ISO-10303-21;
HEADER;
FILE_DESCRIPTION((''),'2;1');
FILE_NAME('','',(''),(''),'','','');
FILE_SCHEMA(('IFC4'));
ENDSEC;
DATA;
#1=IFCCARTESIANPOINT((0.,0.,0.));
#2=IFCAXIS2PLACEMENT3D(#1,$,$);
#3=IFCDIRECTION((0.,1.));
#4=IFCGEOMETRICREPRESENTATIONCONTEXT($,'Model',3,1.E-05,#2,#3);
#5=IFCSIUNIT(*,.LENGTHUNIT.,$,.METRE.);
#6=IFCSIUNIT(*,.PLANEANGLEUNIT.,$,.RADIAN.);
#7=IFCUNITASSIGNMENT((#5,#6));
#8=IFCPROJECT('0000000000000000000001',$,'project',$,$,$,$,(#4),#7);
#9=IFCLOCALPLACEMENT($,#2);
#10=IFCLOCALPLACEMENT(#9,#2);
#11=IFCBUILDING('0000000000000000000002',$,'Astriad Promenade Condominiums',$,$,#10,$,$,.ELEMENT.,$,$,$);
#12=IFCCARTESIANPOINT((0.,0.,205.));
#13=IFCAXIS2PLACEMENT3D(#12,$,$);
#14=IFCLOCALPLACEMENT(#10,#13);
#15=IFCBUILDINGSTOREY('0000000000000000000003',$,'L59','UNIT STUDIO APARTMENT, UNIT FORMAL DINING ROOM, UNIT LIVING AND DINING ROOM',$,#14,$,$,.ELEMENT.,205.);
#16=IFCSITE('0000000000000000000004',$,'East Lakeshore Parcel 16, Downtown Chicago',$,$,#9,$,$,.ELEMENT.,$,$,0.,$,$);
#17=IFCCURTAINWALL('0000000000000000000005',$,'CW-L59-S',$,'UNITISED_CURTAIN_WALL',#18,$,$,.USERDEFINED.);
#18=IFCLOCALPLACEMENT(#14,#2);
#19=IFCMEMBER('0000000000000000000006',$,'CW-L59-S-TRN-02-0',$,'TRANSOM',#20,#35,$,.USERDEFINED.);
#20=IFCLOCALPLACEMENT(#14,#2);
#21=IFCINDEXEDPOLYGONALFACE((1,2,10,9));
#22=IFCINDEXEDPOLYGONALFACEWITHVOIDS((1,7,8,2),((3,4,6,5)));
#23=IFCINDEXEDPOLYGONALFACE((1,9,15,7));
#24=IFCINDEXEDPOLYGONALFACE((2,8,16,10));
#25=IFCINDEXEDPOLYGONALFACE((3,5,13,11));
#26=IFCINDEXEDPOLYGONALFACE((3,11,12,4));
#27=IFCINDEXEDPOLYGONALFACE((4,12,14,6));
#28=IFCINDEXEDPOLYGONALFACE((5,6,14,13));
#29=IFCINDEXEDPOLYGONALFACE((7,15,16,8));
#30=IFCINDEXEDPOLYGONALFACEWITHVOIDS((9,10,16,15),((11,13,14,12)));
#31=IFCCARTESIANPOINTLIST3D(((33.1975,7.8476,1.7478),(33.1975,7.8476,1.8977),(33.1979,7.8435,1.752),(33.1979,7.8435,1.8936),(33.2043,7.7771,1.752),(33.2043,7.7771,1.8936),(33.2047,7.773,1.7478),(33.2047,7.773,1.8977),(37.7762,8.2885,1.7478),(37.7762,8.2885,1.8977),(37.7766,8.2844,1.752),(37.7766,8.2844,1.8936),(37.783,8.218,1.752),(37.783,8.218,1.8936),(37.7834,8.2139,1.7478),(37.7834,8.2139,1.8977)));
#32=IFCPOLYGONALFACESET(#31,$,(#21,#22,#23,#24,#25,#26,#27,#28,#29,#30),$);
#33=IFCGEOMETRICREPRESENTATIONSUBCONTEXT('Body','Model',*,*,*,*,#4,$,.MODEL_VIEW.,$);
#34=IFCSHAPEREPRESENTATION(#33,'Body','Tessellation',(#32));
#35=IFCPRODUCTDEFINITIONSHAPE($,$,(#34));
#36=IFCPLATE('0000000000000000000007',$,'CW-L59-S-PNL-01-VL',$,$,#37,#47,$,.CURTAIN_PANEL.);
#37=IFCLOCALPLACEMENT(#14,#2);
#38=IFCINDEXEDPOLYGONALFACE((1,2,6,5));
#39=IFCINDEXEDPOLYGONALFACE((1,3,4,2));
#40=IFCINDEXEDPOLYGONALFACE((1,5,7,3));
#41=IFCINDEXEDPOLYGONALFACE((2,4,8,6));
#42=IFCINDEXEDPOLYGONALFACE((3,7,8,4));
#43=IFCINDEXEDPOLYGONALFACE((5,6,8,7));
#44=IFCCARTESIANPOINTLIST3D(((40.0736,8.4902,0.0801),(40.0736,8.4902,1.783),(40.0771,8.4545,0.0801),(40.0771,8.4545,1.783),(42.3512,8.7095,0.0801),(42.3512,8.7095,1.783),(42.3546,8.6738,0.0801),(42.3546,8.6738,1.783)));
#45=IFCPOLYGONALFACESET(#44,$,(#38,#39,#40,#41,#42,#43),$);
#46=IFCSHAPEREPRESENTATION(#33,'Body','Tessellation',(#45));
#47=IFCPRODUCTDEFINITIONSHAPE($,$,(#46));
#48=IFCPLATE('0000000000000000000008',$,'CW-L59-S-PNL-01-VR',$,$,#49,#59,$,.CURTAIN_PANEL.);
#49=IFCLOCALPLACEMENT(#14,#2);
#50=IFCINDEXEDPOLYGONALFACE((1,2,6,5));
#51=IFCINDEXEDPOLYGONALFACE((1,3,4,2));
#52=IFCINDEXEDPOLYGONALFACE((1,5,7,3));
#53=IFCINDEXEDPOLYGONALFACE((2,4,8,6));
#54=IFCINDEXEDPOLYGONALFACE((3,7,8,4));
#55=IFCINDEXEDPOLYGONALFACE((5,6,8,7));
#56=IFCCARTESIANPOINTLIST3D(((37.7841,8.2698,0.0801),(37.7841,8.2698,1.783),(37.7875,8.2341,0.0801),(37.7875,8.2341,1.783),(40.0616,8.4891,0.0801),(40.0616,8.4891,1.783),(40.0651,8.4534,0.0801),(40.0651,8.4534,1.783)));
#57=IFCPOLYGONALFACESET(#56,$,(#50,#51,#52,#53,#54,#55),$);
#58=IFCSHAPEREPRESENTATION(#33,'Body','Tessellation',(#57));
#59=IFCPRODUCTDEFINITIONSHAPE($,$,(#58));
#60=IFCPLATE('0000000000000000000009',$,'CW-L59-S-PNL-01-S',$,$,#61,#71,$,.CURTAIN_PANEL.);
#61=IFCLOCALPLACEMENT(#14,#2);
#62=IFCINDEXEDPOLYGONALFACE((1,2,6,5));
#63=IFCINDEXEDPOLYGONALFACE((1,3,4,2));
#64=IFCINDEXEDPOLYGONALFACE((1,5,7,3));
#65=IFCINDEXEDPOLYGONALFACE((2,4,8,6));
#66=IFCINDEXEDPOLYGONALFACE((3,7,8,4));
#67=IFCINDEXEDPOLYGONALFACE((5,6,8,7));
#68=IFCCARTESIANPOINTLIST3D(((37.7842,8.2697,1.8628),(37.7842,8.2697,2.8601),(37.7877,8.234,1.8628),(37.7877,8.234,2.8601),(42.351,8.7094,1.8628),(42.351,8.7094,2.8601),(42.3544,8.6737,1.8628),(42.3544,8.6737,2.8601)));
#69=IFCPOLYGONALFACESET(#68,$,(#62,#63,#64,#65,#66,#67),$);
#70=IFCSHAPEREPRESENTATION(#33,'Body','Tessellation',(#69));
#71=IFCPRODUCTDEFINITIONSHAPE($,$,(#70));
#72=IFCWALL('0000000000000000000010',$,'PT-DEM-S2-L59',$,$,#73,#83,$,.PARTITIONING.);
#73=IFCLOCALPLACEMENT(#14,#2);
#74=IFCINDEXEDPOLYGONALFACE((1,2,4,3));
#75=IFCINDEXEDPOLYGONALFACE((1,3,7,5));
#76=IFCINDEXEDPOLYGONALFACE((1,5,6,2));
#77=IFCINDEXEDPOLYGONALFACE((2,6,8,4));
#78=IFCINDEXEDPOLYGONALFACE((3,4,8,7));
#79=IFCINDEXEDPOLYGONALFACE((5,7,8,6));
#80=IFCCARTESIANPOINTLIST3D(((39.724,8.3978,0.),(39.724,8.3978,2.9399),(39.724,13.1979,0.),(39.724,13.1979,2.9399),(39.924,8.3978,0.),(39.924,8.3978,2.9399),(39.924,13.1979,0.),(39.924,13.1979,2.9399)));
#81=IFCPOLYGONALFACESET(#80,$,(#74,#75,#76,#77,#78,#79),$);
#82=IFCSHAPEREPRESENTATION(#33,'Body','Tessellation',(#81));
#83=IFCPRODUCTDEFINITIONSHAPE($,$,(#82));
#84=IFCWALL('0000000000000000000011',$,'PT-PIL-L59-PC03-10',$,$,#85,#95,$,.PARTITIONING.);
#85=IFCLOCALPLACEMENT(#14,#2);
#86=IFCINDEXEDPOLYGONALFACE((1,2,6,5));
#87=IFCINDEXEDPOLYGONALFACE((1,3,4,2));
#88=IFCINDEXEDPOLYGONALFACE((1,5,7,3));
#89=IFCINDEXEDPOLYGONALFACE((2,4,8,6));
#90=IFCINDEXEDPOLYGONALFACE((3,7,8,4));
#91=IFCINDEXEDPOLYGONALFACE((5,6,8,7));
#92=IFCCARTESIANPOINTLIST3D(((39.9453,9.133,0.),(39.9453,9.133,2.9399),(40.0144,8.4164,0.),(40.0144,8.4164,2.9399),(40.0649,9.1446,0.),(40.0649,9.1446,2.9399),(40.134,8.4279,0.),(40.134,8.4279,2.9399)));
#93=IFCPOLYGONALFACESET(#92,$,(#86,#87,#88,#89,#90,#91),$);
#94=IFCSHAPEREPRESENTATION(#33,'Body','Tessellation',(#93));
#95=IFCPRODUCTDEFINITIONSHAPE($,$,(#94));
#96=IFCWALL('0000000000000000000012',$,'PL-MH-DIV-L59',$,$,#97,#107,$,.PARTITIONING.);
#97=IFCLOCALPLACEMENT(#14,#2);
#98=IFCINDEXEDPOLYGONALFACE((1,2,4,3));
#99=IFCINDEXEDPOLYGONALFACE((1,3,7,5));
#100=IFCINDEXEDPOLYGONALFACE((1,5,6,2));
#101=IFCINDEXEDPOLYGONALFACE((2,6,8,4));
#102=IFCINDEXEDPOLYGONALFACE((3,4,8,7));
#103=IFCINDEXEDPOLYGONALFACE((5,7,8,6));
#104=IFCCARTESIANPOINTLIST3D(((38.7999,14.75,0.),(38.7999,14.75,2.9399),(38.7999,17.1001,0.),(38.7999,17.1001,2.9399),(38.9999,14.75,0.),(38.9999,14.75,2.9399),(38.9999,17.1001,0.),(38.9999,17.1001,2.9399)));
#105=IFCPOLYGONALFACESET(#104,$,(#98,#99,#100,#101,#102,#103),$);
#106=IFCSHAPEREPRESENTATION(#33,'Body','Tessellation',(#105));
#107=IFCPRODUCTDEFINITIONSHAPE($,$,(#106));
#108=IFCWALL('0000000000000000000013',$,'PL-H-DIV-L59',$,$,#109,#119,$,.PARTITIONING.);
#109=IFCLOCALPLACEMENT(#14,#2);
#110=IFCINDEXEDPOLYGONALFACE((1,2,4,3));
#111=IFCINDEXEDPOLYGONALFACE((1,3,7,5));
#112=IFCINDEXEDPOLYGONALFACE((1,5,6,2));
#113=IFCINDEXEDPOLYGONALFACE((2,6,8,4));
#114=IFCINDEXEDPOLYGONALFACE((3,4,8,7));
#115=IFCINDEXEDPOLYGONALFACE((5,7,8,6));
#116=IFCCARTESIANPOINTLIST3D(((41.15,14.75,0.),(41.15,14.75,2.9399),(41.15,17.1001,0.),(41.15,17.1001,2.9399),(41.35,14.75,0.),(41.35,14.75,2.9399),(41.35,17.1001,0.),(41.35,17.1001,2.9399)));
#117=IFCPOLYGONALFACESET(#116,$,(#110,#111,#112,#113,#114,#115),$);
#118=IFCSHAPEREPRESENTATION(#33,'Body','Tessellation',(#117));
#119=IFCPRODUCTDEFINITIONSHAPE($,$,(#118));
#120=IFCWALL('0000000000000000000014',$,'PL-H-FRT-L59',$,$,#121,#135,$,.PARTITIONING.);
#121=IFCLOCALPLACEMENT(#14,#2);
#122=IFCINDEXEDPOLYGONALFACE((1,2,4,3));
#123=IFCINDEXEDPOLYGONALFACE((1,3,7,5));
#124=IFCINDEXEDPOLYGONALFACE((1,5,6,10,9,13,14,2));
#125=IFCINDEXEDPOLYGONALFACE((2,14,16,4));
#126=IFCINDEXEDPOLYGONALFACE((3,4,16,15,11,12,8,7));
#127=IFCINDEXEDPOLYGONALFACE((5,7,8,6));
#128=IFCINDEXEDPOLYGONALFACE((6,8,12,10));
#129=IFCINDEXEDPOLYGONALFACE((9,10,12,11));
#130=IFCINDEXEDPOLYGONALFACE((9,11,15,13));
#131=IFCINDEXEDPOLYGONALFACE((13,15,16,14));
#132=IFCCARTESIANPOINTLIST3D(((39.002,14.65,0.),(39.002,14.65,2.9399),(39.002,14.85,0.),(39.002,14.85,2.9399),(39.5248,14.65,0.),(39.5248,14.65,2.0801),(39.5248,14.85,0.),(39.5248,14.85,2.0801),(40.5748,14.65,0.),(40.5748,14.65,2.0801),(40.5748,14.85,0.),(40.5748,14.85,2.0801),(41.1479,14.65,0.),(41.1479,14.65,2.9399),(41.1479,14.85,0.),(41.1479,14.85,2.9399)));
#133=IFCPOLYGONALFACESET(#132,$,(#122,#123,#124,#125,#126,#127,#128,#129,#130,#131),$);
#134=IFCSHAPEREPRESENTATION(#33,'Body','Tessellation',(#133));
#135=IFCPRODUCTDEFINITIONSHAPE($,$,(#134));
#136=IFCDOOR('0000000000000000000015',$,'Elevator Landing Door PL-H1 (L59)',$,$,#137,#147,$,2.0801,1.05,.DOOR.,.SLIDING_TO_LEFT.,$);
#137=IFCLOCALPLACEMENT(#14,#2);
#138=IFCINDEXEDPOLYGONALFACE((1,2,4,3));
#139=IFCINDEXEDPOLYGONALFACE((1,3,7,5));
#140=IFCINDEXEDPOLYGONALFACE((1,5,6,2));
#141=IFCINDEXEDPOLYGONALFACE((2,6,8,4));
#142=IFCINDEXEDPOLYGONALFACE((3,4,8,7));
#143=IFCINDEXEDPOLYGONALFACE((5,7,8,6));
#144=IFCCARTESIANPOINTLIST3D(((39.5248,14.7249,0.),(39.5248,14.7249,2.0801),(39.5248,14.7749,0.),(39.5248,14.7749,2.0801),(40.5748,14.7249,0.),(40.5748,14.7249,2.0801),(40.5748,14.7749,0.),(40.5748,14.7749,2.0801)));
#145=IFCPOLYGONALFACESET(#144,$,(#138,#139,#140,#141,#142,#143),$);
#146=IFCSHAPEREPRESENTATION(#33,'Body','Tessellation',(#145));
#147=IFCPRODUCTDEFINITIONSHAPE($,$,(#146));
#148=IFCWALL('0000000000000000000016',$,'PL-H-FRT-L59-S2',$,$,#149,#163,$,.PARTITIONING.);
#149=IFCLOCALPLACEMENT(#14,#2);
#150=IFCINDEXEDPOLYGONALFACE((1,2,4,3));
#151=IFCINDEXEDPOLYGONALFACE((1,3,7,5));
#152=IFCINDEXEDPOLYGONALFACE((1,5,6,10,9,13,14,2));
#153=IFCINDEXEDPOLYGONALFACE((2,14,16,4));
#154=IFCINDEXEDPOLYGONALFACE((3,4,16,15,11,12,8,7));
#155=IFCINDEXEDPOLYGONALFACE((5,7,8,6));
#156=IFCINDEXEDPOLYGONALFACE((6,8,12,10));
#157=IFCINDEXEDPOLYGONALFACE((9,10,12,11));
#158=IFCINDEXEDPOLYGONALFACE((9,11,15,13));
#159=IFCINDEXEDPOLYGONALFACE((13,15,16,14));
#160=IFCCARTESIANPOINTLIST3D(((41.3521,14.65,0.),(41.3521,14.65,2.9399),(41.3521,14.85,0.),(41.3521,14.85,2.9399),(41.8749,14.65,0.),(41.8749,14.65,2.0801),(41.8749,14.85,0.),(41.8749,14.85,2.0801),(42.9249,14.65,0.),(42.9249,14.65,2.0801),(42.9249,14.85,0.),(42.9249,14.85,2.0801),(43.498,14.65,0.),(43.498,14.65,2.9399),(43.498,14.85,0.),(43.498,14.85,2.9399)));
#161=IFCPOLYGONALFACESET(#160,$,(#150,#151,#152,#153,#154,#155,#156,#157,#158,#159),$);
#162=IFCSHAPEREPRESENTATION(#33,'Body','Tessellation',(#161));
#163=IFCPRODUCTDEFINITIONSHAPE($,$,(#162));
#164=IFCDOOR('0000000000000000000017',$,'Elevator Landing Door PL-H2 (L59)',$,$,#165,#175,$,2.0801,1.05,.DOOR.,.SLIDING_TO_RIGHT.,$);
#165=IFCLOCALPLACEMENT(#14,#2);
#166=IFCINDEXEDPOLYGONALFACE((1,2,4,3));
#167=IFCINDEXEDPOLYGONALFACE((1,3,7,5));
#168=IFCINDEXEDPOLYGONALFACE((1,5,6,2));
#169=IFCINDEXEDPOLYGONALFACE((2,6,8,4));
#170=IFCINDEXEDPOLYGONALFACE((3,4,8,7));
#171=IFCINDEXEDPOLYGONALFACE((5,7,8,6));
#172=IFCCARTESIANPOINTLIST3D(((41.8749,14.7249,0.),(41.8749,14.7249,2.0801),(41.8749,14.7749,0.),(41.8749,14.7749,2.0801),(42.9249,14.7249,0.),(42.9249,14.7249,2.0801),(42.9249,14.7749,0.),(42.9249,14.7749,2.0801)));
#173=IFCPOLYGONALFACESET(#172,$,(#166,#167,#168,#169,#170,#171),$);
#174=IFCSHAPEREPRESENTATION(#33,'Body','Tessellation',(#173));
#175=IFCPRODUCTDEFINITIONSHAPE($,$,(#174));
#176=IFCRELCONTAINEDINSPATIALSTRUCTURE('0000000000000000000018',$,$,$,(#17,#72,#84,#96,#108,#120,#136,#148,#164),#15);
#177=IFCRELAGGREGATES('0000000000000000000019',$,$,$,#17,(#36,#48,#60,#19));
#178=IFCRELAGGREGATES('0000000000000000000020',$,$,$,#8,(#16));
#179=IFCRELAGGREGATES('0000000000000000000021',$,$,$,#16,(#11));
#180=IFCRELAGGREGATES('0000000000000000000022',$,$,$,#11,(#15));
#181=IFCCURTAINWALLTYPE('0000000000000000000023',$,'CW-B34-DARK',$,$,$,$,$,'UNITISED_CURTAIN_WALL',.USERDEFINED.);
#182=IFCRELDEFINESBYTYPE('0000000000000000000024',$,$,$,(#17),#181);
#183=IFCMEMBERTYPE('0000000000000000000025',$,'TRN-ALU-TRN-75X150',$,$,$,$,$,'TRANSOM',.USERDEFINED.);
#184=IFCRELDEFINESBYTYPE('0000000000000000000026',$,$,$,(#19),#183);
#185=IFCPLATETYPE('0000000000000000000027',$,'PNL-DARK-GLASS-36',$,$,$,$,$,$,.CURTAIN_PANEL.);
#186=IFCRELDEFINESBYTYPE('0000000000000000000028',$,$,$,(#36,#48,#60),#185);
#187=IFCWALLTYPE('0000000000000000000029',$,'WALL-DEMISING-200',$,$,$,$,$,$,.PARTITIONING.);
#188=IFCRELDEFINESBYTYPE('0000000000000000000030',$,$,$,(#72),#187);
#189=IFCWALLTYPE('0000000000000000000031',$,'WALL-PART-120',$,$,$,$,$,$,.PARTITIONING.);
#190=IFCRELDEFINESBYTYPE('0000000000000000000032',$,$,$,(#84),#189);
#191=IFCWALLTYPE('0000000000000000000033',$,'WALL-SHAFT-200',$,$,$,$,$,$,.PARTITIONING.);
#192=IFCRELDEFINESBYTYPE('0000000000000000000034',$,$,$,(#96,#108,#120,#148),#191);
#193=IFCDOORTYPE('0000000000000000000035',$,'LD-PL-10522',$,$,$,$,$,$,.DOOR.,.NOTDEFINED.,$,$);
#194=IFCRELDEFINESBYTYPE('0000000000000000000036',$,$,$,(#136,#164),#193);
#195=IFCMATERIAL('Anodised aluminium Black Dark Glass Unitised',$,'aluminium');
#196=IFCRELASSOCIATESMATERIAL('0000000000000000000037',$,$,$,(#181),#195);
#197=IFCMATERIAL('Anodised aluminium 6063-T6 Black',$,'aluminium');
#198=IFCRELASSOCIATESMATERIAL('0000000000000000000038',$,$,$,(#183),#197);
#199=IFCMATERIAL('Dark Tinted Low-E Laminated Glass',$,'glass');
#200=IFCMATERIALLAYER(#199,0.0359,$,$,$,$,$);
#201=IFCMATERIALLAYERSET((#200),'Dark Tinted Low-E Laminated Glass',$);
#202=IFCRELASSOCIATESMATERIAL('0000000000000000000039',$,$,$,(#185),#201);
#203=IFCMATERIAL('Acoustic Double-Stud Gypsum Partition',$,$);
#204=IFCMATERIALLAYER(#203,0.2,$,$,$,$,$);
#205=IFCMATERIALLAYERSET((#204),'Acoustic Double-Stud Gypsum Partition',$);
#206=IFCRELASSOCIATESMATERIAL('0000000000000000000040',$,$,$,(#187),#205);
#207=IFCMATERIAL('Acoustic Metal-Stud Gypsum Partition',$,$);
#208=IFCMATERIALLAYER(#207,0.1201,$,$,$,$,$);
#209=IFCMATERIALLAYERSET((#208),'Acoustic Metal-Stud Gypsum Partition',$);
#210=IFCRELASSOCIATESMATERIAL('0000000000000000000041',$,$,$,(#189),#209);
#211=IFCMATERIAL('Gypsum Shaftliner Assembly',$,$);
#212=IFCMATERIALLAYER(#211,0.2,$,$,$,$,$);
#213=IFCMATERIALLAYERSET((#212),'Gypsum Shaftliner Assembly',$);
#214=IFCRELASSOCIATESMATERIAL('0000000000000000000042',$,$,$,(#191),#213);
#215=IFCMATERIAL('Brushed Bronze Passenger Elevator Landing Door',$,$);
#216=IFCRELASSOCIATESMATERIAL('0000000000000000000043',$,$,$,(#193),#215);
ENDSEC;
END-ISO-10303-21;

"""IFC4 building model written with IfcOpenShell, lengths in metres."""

from ifc_helpers import new_model, si_unit, direction, frame, frame_2d, origin, origin_2d, place, context, subcontext, project, spatial, rectangle, hollow_rectangle, extrude, source, transform, mapped, material, layer, layer_set, material_profile, profile_set, type_object, type_shapes, element, fill, aggregate, save


model = new_model("IFC4")

# Units and contexts
model_context = context("Model", 3, precision=1e-05, world=origin(), true_north=direction((0.0, 1.0)))
body_context = subcontext(model_context, "Body", "Model", "MODEL_VIEW")
ifc_project = project(units=[si_unit("LENGTHUNIT", "METRE"), si_unit("PLANEANGLEUNIT", "RADIAN")], contexts=[model_context])

# Site, building, storey
site_placement = place(None, origin())
site = spatial("IfcSite", under=ifc_project, at=site_placement, Name="East Lakeshore Parcel 16, Downtown Chicago", CompositionType="ELEMENT", RefElevation=0.0)
building_placement = place(site_placement, origin())
building = spatial("IfcBuilding", under=site, at=building_placement, Name="Astriad Promenade Condominiums", CompositionType="ELEMENT")
storey_placement = place(building_placement, frame((0.0, 0.0, 205.0)))
storey = spatial("IfcBuildingStorey", under=building, at=storey_placement, Name="L59", Description="UNIT STUDIO APARTMENT, UNIT FORMAL DINING ROOM, UNIT LIVING AND DINING ROOM", CompositionType="ELEMENT", Elevation=205.0)

# Curtain wall, member, plates
ifc_material_1 = material(Name="Anodised aluminium Black Dark Glass Unitised", Category="aluminium")
curtain_wall_type = type_object("IfcCurtainWallType", Name="CW-B34-DARK", ElementType="UNITISED_CURTAIN_WALL", PredefinedType="USERDEFINED", material=ifc_material_1)
curtain_wall_placement = place(storey_placement, origin())
curtain_wall = element("IfcCurtainWall", 1, at=curtain_wall_placement, inside=storey, type_object=curtain_wall_type, Name="CW-L59-S", ObjectType="UNITISED_CURTAIN_WALL", PredefinedType="USERDEFINED")
ifc_material_2 = material(Name="Anodised aluminium 6063-T6 Black", Category="aluminium")
ifc_material_profile_1 = material_profile(ifc_material_2, hollow_rectangle(XDim=0.075, YDim=0.1499, WallThickness=0.0042, at=origin_2d()), Name="ALU-TRN-75X150")
ifc_profile_set_1 = profile_set([ifc_material_profile_1], Name="Anodised aluminium 6063-T6 Black")
member_type_1 = type_object("IfcMemberType", Name="TRN-ALU-TRN-75X150", ElementType="TRANSOM", PredefinedType="USERDEFINED", material=ifc_profile_set_1)
shared_shape_1 = source(origin(), body_context, "Body", "SweptSolid", [
    extrude(hollow_rectangle(XDim=0.075, YDim=0.1499, WallThickness=0.0042, at=origin_2d()), origin(), (0.0, 0.0, 1.0), 4.5999),
])
type_shapes(member_type_1, [shared_shape_1])
member_1_placement = place(storey_placement, frame((37.7798, 8.2512, 1.8228), z_axis=(-0.995395, -0.095856, 0.0), x_axis=(0.095856, -0.995395, 0.0)))
member_1 = element("IfcMember", 2, at=member_1_placement, type_object=member_type_1, Name="CW-L59-S-TRN-02-0", ObjectType="TRANSOM", PredefinedType="USERDEFINED", context=body_context, shape_type="MappedRepresentation", body=[
    mapped(shared_shape_1, transform((0.0, 0.0, 0.0), scale=1.0)),
])
ifc_material_3 = material(Name="Dark Tinted Low-E Laminated Glass", Category="glass")
ifc_layer_1 = layer(ifc_material_3, 0.0359)
ifc_layer_set_1 = layer_set([ifc_layer_1], Name="Dark Tinted Low-E Laminated Glass")
plate_type = type_object("IfcPlateType", Name="PNL-DARK-GLASS-36", PredefinedType="CURTAIN_PANEL", material=ifc_layer_set_1)
shared_shape_2 = source(origin(), body_context, "Body", "SweptSolid", [
    extrude(rectangle(XDim=2.2881, YDim=0.0359, at=origin_2d()), origin(), (0.0, 0.0, 1.0), 1.7029),
])
plate_1_placement = place(storey_placement, frame((41.2141, 8.582, 0.0801), z_axis=(0.0, 0.0, 1.0), x_axis=(-0.995396, -0.095846, 0.0)))
plate_1 = element("IfcPlate", 3, at=plate_1_placement, type_object=plate_type, Name="CW-L59-S-PNL-01-VL", PredefinedType="CURTAIN_PANEL", context=body_context, shape_type="MappedRepresentation", body=[
    mapped(shared_shape_2, transform((0.0, 0.0, 0.0), scale=1.0)),
])
plate_2_placement = place(storey_placement, frame((38.9246, 8.3616, 0.0801), z_axis=(0.0, 0.0, 1.0), x_axis=(-0.995396, -0.095846, 0.0)))
plate_2 = element("IfcPlate", 4, at=plate_2_placement, type_object=plate_type, Name="CW-L59-S-PNL-01-VR", PredefinedType="CURTAIN_PANEL", context=body_context, shape_type="MappedRepresentation", body=[
    mapped(shared_shape_2, transform((0.0, 0.0, 0.0), scale=1.0)),
])
shared_shape_3 = source(origin(), body_context, "Body", "SweptSolid", [
    extrude(rectangle(XDim=4.5879, YDim=0.0359, at=origin_2d()), origin(), (0.0, 0.0, 1.0), 0.9973),
])
type_shapes(plate_type, [shared_shape_2, shared_shape_3])
plate_3_placement = place(storey_placement, frame((40.0693, 8.4717, 1.8628), z_axis=(0.0, 0.0, 1.0), x_axis=(-0.995396, -0.095846, 0.0)))
plate_3 = element("IfcPlate", 5, at=plate_3_placement, type_object=plate_type, Name="CW-L59-S-PNL-01-S", PredefinedType="CURTAIN_PANEL", context=body_context, shape_type="MappedRepresentation", body=[
    mapped(shared_shape_3, transform((0.0, 0.0, 0.0), scale=1.0)),
])
aggregate(curtain_wall, [plate_1, plate_2, plate_3, member_1])

# Walls
ifc_material_4 = material(Name="Acoustic Double-Stud Gypsum Partition")
ifc_layer_2 = layer(ifc_material_4, 0.2)
ifc_layer_set_2 = layer_set([ifc_layer_2], Name="Acoustic Double-Stud Gypsum Partition")
wall_type_1 = type_object("IfcWallType", Name="WALL-DEMISING-200", PredefinedType="PARTITIONING", material=ifc_layer_set_2)
wall_1_placement = place(storey_placement, frame((39.824, 8.3979, 0.0), z_axis=(0.0, 0.0, 1.0), x_axis=(0.0, 1.0, 0.0)))
element("IfcWall", 6, at=wall_1_placement, inside=storey, type_object=wall_type_1, Name="PT-DEM-S2-L59", PredefinedType="PARTITIONING", context=body_context, shape_type="SweptSolid", body=[
    extrude(rectangle(XDim=4.8, YDim=0.2, at=frame_2d((2.3999, 0.0))), origin(), (0.0, 0.0, 1.0), 2.9399),
])
ifc_material_5 = material(Name="Acoustic Metal-Stud Gypsum Partition")
ifc_layer_3 = layer(ifc_material_5, 0.1201)
ifc_layer_set_3 = layer_set([ifc_layer_3], Name="Acoustic Metal-Stud Gypsum Partition")
wall_type_2 = type_object("IfcWallType", Name="WALL-PART-120", PredefinedType="PARTITIONING", material=ifc_layer_set_3)
wall_2_placement = place(storey_placement, frame((40.0051, 9.1387, 0.0), z_axis=(0.0, 0.0, 1.0), x_axis=(0.095977, -0.995384, 0.0)))
element("IfcWall", 7, at=wall_2_placement, inside=storey, type_object=wall_type_2, Name="PT-PIL-L59-PC03-10", PredefinedType="PARTITIONING", context=body_context, shape_type="SweptSolid", body=[
    extrude(rectangle(XDim=0.72, YDim=0.1201, at=frame_2d((0.3599, 0.0))), origin(), (0.0, 0.0, 1.0), 2.9399),
])
ifc_material_6 = material(Name="Gypsum Shaftliner Assembly")
ifc_layer_4 = layer(ifc_material_6, 0.2)
ifc_layer_set_4 = layer_set([ifc_layer_4], Name="Gypsum Shaftliner Assembly")
wall_type_3 = type_object("IfcWallType", Name="WALL-SHAFT-200", PredefinedType="PARTITIONING", material=ifc_layer_set_4)
for number, where, z_axis, x_axis, name in (
    (8, (38.8999, 14.75, 0.0), (0.0, 0.0, 1.0), (0.0, 1.0, 0.0), "PL-MH-DIV-L59"),
    (9, (41.25, 14.75, 0.0), (0.0, 0.0, 1.0), (0.0, 1.0, 0.0), "PL-H-DIV-L59"),
):
    element("IfcWall", number, at=place(storey_placement, frame(where, z_axis=z_axis, x_axis=x_axis)), inside=storey, type_object=wall_type_3, Name=name, PredefinedType="PARTITIONING", context=body_context, shape_type="SweptSolid", body=[
        extrude(rectangle(XDim=2.3501, YDim=0.2, at=frame_2d((1.175, 0.0))), origin(), (0.0, 0.0, 1.0), 2.9399),
    ])

# Walls, openings, doors
wall_3_placement = place(storey_placement, frame((39.002, 14.75, 0.0), z_axis=(0.0, 0.0, 1.0), x_axis=(1.0, 0.0, 0.0)))
wall_3 = element("IfcWall", 10, at=wall_3_placement, inside=storey, type_object=wall_type_3, Name="PL-H-FRT-L59", PredefinedType="PARTITIONING", context=body_context, shape_type="SweptSolid", body=[
    extrude(rectangle(XDim=2.146, YDim=0.2, at=frame_2d((1.073, 0.0))), origin(), (0.0, 0.0, 1.0), 2.9399),
])
opening_1_placement = place(wall_3_placement, frame((0.5229, 0.0, 0.0)))
opening_1 = element("IfcOpeningElement", 11, at=opening_1_placement, cuts=wall_3, PredefinedType="OPENING", context=body_context, shape_type="SweptSolid", body=[
    extrude(rectangle(XDim=1.05, YDim=2.0801, at=frame_2d((0.5249, 1.04))), frame((0.0, 0.1099, 0.0), z_axis=(0.0, -1.0, 0.0), x_axis=(1.0, 0.0, 0.0)), (0.0, 0.0, 1.0), 0.22),
])
ifc_material_7 = material(Name="Brushed Bronze Passenger Elevator Landing Door")
door_type = type_object("IfcDoorType", Name="LD-PL-10522", OperationType="NOTDEFINED", PredefinedType="DOOR", material=ifc_material_7)
shared_shape_4 = source(origin(), body_context, "Body", "SweptSolid", [
    extrude(rectangle(XDim=1.05, YDim=2.0801, at=frame_2d((0.5249, 1.04))), frame((0.0, 0.0249, 0.0), z_axis=(0.0, -1.0, 0.0), x_axis=(1.0, 0.0, 0.0)), (0.0, 0.0, 1.0), 0.05),
])
type_shapes(door_type, [shared_shape_4])
door_1_placement = place(opening_1_placement, origin())
door_1 = element("IfcDoor", 12, at=door_1_placement, inside=storey, type_object=door_type, Name="Elevator Landing Door PL-H1 (L59)", OperationType="SLIDING_TO_LEFT", OverallHeight=2.0801, OverallWidth=1.05, PredefinedType="DOOR", context=body_context, shape_type="MappedRepresentation", body=[
    mapped(shared_shape_4, transform((0.0, 0.0, 0.0), scale=1.0)),
])
fill(opening_1, door_1)
wall_4_placement = place(storey_placement, frame((41.3521, 14.75, 0.0), z_axis=(0.0, 0.0, 1.0), x_axis=(1.0, 0.0, 0.0)))
wall_4 = element("IfcWall", 13, at=wall_4_placement, inside=storey, type_object=wall_type_3, Name="PL-H-FRT-L59-S2", PredefinedType="PARTITIONING", context=body_context, shape_type="SweptSolid", body=[
    extrude(rectangle(XDim=2.146, YDim=0.2, at=frame_2d((1.073, 0.0))), origin(), (0.0, 0.0, 1.0), 2.9399),
])
opening_2_placement = place(wall_4_placement, frame((0.5229, 0.0, 0.0)))
opening_2 = element("IfcOpeningElement", 14, at=opening_2_placement, cuts=wall_4, PredefinedType="OPENING", context=body_context, shape_type="SweptSolid", body=[
    extrude(rectangle(XDim=1.05, YDim=2.0801, at=frame_2d((0.5249, 1.04))), frame((0.0, 0.1099, 0.0), z_axis=(0.0, -1.0, 0.0), x_axis=(1.0, 0.0, 0.0)), (0.0, 0.0, 1.0), 0.22),
])
door_2_placement = place(opening_2_placement, origin())
door_2 = element("IfcDoor", 15, at=door_2_placement, inside=storey, type_object=door_type, Name="Elevator Landing Door PL-H2 (L59)", OperationType="SLIDING_TO_RIGHT", OverallHeight=2.0801, OverallWidth=1.05, PredefinedType="DOOR", context=body_context, shape_type="MappedRepresentation", body=[
    mapped(shared_shape_4, transform((0.0, 0.0, 0.0), scale=1.0)),
])
fill(opening_2, door_2)

save(model, "model.ifc")
